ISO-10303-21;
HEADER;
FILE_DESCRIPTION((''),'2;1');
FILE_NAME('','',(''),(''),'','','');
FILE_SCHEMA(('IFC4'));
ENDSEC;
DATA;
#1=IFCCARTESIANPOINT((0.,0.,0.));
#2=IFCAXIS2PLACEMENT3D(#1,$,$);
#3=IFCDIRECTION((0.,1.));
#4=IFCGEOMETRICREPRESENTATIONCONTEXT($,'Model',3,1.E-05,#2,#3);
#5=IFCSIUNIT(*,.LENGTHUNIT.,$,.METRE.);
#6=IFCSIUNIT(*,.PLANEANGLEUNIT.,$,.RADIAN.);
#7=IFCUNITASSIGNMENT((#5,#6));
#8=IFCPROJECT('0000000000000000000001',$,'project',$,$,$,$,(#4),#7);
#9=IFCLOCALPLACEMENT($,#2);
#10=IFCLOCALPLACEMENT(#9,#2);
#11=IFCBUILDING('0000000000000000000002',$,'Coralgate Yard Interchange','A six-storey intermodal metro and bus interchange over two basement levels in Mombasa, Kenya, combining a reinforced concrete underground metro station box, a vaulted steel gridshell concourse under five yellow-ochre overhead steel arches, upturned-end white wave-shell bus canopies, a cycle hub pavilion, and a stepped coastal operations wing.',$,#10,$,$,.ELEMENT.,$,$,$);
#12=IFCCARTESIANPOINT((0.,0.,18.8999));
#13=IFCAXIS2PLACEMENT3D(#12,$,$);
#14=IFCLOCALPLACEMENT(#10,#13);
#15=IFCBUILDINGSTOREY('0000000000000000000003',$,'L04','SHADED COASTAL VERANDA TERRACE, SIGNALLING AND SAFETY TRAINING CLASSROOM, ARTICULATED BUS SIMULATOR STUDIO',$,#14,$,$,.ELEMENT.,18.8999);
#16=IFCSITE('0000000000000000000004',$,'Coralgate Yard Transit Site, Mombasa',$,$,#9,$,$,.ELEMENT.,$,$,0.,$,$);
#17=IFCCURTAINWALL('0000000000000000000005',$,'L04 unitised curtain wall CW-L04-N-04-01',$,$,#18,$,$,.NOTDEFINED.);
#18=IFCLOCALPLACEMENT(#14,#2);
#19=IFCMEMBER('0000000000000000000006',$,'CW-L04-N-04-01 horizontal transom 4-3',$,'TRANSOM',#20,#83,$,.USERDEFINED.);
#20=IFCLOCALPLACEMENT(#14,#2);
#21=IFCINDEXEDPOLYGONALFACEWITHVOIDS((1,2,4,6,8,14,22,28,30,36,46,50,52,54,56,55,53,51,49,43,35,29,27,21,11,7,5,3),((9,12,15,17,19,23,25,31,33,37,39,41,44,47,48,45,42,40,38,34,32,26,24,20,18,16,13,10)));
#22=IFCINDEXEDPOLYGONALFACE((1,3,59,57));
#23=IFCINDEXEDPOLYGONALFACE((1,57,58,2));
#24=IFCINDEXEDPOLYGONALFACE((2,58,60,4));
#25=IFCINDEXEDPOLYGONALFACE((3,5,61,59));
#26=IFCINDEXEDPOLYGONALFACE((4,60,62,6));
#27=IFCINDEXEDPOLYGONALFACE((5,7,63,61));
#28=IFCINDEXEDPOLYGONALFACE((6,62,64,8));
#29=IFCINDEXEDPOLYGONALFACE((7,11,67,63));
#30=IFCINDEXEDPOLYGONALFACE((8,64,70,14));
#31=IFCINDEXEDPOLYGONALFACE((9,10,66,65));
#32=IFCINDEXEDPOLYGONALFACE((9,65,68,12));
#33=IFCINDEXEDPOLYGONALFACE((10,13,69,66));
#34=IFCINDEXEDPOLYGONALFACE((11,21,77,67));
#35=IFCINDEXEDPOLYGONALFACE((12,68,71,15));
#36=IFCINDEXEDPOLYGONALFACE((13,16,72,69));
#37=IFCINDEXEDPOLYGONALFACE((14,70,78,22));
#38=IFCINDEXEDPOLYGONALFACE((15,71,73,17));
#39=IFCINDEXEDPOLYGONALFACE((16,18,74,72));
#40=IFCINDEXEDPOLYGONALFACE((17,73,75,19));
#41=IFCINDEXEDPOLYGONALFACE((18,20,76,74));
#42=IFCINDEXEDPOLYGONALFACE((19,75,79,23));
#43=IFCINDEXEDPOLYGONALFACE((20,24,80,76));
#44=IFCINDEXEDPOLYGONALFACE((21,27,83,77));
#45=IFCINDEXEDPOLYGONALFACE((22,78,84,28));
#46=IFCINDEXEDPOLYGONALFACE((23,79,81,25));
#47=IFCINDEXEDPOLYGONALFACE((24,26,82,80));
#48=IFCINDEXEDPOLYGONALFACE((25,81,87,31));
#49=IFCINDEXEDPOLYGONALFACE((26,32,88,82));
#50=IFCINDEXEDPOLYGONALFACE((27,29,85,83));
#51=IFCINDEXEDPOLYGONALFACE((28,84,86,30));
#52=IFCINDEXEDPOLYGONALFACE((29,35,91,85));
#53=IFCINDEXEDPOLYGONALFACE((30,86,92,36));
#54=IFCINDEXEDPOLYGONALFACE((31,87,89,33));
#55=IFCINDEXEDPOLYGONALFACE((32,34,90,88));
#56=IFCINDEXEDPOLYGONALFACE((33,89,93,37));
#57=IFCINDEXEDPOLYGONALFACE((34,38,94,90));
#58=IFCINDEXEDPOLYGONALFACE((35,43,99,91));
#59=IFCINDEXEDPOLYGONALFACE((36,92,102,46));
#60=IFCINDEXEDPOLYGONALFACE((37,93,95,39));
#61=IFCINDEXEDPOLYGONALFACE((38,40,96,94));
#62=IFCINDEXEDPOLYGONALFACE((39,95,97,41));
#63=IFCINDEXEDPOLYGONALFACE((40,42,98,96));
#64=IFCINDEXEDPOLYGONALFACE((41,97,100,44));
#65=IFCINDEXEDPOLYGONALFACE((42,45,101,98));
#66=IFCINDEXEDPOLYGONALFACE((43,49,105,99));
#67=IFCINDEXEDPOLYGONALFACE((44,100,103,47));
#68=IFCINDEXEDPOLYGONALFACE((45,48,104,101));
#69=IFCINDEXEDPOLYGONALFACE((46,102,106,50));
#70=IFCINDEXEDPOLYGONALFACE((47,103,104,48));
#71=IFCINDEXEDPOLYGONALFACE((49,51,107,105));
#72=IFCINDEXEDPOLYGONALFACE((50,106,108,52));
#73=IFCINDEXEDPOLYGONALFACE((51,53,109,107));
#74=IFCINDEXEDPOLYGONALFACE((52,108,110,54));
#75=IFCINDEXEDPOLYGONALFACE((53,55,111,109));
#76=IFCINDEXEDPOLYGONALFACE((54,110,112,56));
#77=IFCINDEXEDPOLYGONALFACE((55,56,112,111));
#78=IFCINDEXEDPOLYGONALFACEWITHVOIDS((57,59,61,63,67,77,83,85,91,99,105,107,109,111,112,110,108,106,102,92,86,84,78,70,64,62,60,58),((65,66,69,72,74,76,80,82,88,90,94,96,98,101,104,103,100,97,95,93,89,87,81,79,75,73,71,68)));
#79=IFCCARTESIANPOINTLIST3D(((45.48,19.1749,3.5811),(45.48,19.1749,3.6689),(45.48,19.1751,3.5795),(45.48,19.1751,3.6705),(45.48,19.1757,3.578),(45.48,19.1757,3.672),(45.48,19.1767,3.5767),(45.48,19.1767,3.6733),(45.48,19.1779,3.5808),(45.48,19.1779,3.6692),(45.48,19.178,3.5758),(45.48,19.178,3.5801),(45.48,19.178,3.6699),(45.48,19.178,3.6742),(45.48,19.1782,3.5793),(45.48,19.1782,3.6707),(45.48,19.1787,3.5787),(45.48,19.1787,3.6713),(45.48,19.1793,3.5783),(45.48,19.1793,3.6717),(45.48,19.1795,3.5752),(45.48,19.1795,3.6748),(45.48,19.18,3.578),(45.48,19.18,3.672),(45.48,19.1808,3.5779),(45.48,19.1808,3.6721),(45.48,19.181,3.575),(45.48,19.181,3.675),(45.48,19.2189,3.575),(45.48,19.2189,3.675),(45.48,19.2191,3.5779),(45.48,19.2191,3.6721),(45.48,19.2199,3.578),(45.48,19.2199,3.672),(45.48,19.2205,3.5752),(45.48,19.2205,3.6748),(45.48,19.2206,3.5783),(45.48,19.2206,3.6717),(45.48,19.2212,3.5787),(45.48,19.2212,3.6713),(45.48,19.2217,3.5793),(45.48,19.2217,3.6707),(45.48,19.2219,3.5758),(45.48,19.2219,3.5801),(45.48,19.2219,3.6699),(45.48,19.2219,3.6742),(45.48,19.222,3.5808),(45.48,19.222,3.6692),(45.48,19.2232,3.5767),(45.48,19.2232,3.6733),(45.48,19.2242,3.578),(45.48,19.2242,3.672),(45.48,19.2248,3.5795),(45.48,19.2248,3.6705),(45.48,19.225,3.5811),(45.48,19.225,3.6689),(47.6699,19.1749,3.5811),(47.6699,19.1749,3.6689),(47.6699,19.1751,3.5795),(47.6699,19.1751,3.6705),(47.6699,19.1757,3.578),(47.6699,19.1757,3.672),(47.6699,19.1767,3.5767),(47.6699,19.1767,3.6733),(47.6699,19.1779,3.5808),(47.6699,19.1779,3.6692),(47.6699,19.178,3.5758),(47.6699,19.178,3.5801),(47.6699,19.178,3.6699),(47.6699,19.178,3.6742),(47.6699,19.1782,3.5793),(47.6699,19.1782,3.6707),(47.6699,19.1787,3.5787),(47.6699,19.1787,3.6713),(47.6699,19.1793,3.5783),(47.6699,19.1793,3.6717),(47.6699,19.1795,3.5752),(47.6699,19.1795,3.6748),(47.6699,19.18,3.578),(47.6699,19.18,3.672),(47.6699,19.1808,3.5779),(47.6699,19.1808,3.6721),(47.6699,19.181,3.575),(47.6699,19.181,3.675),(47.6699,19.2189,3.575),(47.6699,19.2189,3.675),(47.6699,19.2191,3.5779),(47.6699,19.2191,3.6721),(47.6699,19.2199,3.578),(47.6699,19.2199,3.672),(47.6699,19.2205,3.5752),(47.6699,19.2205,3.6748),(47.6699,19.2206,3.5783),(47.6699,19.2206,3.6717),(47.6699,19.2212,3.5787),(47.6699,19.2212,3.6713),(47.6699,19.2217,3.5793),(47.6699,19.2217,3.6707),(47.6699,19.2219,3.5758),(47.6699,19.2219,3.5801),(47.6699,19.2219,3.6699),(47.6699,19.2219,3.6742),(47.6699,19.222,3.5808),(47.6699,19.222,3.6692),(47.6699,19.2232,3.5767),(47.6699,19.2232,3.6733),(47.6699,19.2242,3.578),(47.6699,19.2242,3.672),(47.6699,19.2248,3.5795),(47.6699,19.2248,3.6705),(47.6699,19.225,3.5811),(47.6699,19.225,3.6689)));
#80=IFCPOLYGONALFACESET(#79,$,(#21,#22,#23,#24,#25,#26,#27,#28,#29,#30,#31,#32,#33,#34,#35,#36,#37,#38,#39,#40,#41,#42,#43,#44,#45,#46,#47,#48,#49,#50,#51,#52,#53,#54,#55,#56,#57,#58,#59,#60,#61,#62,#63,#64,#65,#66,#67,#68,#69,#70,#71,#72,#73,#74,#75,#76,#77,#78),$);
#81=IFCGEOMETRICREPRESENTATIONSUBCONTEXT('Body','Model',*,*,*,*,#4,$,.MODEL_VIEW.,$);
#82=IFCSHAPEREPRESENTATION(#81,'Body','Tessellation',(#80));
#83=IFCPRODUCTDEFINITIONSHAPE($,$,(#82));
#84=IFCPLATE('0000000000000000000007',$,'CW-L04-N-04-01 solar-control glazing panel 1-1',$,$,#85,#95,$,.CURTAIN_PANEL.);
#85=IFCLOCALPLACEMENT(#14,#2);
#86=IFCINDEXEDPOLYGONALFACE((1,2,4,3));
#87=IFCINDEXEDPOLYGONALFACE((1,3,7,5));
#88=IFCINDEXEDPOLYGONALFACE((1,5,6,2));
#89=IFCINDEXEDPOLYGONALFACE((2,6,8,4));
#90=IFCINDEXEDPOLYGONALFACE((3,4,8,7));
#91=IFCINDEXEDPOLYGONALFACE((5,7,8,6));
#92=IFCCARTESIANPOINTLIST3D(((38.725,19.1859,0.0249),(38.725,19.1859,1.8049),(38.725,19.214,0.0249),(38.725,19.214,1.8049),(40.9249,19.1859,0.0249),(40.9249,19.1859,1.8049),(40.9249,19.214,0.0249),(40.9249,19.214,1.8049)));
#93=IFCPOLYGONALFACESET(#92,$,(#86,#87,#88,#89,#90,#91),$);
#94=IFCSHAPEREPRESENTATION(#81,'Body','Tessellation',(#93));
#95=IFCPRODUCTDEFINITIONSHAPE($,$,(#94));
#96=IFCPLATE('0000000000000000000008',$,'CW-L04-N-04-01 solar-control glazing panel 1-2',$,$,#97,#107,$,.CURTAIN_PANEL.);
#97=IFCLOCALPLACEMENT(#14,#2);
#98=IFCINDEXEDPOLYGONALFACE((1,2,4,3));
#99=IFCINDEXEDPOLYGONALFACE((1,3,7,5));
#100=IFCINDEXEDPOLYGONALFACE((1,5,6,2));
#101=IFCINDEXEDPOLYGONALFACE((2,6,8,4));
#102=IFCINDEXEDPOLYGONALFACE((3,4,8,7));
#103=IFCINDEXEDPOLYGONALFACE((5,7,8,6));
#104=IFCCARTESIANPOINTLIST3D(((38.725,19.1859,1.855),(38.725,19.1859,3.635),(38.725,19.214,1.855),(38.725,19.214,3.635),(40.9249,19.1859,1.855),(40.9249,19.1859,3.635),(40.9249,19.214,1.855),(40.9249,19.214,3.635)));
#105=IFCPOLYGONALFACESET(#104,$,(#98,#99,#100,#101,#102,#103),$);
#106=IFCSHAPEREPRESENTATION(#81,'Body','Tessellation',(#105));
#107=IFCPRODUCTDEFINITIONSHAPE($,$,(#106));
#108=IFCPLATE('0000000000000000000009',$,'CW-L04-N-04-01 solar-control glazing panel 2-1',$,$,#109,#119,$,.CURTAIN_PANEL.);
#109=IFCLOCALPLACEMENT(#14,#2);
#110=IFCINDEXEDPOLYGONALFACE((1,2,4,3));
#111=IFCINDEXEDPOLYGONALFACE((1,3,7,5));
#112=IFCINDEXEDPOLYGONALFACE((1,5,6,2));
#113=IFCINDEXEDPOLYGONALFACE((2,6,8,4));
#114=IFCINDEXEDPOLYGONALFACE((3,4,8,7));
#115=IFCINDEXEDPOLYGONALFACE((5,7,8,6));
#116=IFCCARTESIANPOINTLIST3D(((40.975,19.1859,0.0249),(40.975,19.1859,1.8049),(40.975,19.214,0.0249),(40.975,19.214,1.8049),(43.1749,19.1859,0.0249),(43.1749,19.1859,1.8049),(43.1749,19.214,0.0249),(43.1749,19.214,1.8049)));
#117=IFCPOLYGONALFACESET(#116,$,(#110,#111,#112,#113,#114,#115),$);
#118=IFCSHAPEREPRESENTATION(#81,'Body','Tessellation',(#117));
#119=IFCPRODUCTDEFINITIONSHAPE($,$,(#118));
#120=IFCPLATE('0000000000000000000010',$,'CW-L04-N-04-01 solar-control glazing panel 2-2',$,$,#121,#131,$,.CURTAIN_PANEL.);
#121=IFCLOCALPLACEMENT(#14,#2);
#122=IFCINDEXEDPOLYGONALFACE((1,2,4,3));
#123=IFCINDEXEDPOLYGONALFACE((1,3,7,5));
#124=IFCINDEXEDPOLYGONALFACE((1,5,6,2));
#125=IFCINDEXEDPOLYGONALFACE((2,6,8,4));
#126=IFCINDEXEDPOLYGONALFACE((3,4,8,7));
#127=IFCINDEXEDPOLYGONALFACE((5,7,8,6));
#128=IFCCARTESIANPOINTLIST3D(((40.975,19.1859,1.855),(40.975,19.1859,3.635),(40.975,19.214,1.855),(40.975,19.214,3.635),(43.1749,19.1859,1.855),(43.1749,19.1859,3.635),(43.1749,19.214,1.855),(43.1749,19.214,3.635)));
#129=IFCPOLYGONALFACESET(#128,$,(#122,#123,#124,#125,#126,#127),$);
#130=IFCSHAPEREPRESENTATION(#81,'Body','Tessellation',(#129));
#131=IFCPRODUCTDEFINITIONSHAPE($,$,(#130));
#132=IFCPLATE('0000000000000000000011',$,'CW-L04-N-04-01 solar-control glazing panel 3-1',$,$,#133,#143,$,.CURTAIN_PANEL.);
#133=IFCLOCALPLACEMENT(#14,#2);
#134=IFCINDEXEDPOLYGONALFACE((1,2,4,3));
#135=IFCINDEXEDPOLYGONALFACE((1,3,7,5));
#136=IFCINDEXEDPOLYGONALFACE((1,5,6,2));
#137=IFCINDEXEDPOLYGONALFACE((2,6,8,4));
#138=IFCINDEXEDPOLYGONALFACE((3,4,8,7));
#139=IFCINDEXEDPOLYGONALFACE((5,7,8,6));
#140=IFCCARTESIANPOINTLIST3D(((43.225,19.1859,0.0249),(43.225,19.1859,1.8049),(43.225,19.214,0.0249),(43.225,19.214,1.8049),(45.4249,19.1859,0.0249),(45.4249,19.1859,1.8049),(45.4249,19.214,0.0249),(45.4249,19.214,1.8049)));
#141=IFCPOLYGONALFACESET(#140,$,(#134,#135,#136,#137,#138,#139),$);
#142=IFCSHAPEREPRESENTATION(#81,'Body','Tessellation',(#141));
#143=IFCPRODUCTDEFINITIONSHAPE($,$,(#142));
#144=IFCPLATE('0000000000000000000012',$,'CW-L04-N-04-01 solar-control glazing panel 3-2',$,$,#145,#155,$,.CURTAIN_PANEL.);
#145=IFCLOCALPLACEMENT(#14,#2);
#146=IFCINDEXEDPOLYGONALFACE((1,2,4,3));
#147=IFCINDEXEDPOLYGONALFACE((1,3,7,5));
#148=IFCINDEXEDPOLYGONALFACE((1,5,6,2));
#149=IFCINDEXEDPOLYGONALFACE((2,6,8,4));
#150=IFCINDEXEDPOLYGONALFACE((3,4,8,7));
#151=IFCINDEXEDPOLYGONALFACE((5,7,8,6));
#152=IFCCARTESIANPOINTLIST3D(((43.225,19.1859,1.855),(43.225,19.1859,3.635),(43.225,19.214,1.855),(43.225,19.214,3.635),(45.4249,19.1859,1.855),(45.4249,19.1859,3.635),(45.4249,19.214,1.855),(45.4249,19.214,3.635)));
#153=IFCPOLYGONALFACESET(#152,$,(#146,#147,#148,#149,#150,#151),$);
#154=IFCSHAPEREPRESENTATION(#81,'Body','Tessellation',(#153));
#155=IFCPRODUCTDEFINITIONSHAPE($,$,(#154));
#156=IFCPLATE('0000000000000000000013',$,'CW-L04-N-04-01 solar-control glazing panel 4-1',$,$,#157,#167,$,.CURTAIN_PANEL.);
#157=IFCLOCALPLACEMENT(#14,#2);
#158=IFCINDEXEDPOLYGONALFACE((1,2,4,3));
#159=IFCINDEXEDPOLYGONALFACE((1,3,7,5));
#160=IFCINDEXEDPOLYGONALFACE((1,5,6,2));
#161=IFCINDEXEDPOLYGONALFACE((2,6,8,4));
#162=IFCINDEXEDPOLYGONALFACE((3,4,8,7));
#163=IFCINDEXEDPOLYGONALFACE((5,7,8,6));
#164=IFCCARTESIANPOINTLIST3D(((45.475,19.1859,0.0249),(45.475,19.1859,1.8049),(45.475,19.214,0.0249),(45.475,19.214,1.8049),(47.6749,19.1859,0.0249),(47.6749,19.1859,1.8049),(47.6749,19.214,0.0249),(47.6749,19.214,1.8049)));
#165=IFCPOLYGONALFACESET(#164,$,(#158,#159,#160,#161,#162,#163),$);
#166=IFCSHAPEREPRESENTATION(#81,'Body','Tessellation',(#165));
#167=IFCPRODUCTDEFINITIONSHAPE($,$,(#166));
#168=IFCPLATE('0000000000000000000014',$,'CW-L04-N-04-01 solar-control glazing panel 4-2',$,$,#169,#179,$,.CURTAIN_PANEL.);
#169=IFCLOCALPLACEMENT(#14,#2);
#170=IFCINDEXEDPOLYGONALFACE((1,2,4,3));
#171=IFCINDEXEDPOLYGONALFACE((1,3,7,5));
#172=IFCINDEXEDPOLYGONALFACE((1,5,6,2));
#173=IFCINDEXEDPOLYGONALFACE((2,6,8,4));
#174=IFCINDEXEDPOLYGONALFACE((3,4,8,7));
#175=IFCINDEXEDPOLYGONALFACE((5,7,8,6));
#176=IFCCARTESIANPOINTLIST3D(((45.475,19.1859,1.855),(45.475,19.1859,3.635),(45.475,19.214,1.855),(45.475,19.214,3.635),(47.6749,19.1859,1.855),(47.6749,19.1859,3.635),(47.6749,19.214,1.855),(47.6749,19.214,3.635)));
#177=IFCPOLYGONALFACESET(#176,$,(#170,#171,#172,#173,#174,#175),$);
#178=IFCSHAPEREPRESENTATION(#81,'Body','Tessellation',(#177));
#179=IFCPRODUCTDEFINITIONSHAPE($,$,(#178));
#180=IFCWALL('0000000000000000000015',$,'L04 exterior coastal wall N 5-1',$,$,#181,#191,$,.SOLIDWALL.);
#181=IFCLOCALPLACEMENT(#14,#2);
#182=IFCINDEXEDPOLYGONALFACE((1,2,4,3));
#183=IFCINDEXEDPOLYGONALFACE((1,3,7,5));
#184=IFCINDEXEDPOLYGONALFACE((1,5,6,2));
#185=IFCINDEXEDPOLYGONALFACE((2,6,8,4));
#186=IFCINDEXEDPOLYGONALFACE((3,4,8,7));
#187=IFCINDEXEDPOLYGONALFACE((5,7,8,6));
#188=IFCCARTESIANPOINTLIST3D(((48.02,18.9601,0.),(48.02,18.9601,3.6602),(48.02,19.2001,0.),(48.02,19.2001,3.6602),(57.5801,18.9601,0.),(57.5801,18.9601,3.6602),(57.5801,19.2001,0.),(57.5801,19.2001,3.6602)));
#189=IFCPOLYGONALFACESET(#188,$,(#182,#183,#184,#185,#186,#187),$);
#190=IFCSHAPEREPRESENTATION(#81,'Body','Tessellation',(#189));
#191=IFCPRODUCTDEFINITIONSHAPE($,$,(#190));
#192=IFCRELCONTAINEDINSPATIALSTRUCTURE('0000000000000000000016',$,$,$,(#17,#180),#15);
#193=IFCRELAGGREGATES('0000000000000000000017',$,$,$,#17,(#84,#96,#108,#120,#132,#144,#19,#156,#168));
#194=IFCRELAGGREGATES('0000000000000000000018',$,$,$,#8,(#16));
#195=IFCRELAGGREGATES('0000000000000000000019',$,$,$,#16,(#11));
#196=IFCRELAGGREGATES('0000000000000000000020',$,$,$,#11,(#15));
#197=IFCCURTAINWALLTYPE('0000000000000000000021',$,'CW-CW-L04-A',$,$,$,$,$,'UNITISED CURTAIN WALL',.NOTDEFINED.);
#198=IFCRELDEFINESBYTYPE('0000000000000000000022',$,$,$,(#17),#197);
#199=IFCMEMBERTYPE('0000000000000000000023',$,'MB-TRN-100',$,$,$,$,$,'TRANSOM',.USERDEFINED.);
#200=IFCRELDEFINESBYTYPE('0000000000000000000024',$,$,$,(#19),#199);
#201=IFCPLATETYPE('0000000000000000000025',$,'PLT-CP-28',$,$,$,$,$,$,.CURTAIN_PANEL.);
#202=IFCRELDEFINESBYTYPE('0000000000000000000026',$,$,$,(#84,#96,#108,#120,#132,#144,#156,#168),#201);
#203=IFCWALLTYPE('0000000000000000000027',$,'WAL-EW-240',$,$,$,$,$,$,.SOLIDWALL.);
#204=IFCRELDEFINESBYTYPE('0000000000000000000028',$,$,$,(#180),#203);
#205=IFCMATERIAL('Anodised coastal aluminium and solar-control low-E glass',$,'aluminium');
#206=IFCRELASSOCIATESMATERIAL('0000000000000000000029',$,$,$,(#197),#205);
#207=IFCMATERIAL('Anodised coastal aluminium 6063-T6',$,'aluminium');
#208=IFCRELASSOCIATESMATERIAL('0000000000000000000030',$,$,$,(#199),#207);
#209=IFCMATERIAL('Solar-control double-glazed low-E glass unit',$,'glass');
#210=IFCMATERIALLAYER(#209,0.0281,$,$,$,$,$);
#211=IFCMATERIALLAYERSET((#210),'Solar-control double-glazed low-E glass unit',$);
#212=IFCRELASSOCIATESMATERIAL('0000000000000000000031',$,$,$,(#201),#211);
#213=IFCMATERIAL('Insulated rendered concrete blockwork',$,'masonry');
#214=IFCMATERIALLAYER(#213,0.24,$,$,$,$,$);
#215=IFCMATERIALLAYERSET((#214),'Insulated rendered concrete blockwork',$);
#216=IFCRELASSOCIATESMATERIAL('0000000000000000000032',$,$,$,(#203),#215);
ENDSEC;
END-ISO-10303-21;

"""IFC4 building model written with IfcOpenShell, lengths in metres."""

from ifc_helpers import new_model, si_unit, direction, frame, frame_2d, origin, origin_2d, place, context, subcontext, project, spatial, rectangle, hollow_rectangle, extrude, material, layer, layer_set, material_profile, profile_set, type_object, element, aggregate, save


model = new_model("IFC4")

# Units and contexts
model_context = context("Model", 3, precision=1e-05, world=origin(), true_north=direction((0.0, 1.0)))
body_context = subcontext(model_context, "Body", "Model", "MODEL_VIEW")
ifc_project = project(units=[si_unit("LENGTHUNIT", "METRE"), si_unit("PLANEANGLEUNIT", "RADIAN")], contexts=[model_context])

# Site, building, storey
site_placement = place(None, origin())
site = spatial("IfcSite", under=ifc_project, at=site_placement, Name="Coralgate Yard Transit Site, Mombasa", CompositionType="ELEMENT", RefElevation=0.0)
building_placement = place(site_placement, origin())
building = spatial("IfcBuilding", under=site, at=building_placement, Name="Coralgate Yard Interchange", Description="A six-storey intermodal metro and bus interchange over two basement levels in Mombasa, Kenya, combining a reinforced concrete underground metro station box, a vaulted steel gridshell concourse under five yellow-ochre overhead steel arches, upturned-end white wave-shell bus canopies, a cycle hub pavilion, and a stepped coastal operations wing.", CompositionType="ELEMENT")
storey_placement = place(building_placement, frame((0.0, 0.0, 18.8999)))
storey = spatial("IfcBuildingStorey", under=building, at=storey_placement, Name="L04", Description="SHADED COASTAL VERANDA TERRACE, SIGNALLING AND SAFETY TRAINING CLASSROOM, ARTICULATED BUS SIMULATOR STUDIO", CompositionType="ELEMENT", Elevation=18.8999)

# Curtain wall, member, plates
ifc_material_1 = material(Name="Anodised coastal aluminium and solar-control low-E glass", Category="aluminium")
curtain_wall_type = type_object("IfcCurtainWallType", Name="CW-CW-L04-A", ElementType="UNITISED CURTAIN WALL", PredefinedType="NOTDEFINED", material=ifc_material_1)
curtain_wall_placement = place(storey_placement, origin())
curtain_wall = element("IfcCurtainWall", 1, at=curtain_wall_placement, inside=storey, type_object=curtain_wall_type, Name="L04 unitised curtain wall CW-L04-N-04-01", PredefinedType="NOTDEFINED")
ifc_material_2 = material(Name="Anodised coastal aluminium 6063-T6", Category="aluminium")
ifc_material_profile_1 = material_profile(ifc_material_2, hollow_rectangle(XDim=0.05, YDim=0.1001, WallThickness=0.0029, InnerFilletRadius=0.0029, OuterFilletRadius=0.0061, at=origin_2d()), Name="ALU 50x100x3")
ifc_profile_set_1 = profile_set([ifc_material_profile_1], Name="Anodised coastal aluminium 6063-T6")
member_type_1 = type_object("IfcMemberType", Name="MB-TRN-100", ElementType="TRANSOM", PredefinedType="USERDEFINED", material=ifc_profile_set_1)
member_1_placement = place(storey_placement, frame((45.48, 19.2, 3.625), z_axis=(1.0, 0.0, 0.0), x_axis=(0.0, 1.0, 0.0)))
member_1 = element("IfcMember", 2, at=member_1_placement, type_object=member_type_1, Name="CW-L04-N-04-01 horizontal transom 4-3", ObjectType="TRANSOM", PredefinedType="USERDEFINED", context=body_context, shape_type="SweptSolid", body=[
    extrude(hollow_rectangle(XDim=0.05, YDim=0.1001, WallThickness=0.0029, InnerFilletRadius=0.0029, OuterFilletRadius=0.0061, at=origin_2d()), origin(), (0.0, 0.0, 1.0), 2.1899),
])
ifc_material_3 = material(Name="Solar-control double-glazed low-E glass unit", Category="glass")
ifc_layer_1 = layer(ifc_material_3, 0.0281)
ifc_layer_set_1 = layer_set([ifc_layer_1], Name="Solar-control double-glazed low-E glass unit")
plate_type = type_object("IfcPlateType", Name="PLT-CP-28", PredefinedType="CURTAIN_PANEL", material=ifc_layer_set_1)
plate_1_placement = place(storey_placement, frame((39.825, 19.2, 0.0249), z_axis=(0.0, 0.0, 1.0), x_axis=(1.0, 0.0, 0.0)))
plate_1 = element("IfcPlate", 3, at=plate_1_placement, type_object=plate_type, Name="CW-L04-N-04-01 solar-control glazing panel 1-1", PredefinedType="CURTAIN_PANEL", context=body_context, shape_type="SweptSolid", body=[
    extrude(rectangle(XDim=2.2, YDim=0.0281, at=origin_2d()), origin(), (0.0, 0.0, 1.0), 1.78),
])
plate_2_placement = place(storey_placement, frame((39.825, 19.2, 1.855), z_axis=(0.0, 0.0, 1.0), x_axis=(1.0, 0.0, 0.0)))
plate_2 = element("IfcPlate", 4, at=plate_2_placement, type_object=plate_type, Name="CW-L04-N-04-01 solar-control glazing panel 1-2", PredefinedType="CURTAIN_PANEL", context=body_context, shape_type="SweptSolid", body=[
    extrude(rectangle(XDim=2.2, YDim=0.0281, at=origin_2d()), origin(), (0.0, 0.0, 1.0), 1.78),
])
plate_3_placement = place(storey_placement, frame((42.075, 19.2, 0.0249), z_axis=(0.0, 0.0, 1.0), x_axis=(1.0, 0.0, 0.0)))
plate_3 = element("IfcPlate", 5, at=plate_3_placement, type_object=plate_type, Name="CW-L04-N-04-01 solar-control glazing panel 2-1", PredefinedType="CURTAIN_PANEL", context=body_context, shape_type="SweptSolid", body=[
    extrude(rectangle(XDim=2.2, YDim=0.0281, at=origin_2d()), origin(), (0.0, 0.0, 1.0), 1.78),
])
plate_4_placement = place(storey_placement, frame((42.075, 19.2, 1.855), z_axis=(0.0, 0.0, 1.0), x_axis=(1.0, 0.0, 0.0)))
plate_4 = element("IfcPlate", 6, at=plate_4_placement, type_object=plate_type, Name="CW-L04-N-04-01 solar-control glazing panel 2-2", PredefinedType="CURTAIN_PANEL", context=body_context, shape_type="SweptSolid", body=[
    extrude(rectangle(XDim=2.2, YDim=0.0281, at=origin_2d()), origin(), (0.0, 0.0, 1.0), 1.78),
])
plate_5_placement = place(storey_placement, frame((44.325, 19.2, 0.0249), z_axis=(0.0, 0.0, 1.0), x_axis=(1.0, 0.0, 0.0)))
plate_5 = element("IfcPlate", 7, at=plate_5_placement, type_object=plate_type, Name="CW-L04-N-04-01 solar-control glazing panel 3-1", PredefinedType="CURTAIN_PANEL", context=body_context, shape_type="SweptSolid", body=[
    extrude(rectangle(XDim=2.2, YDim=0.0281, at=origin_2d()), origin(), (0.0, 0.0, 1.0), 1.78),
])
plate_6_placement = place(storey_placement, frame((44.325, 19.2, 1.855), z_axis=(0.0, 0.0, 1.0), x_axis=(1.0, 0.0, 0.0)))
plate_6 = element("IfcPlate", 8, at=plate_6_placement, type_object=plate_type, Name="CW-L04-N-04-01 solar-control glazing panel 3-2", PredefinedType="CURTAIN_PANEL", context=body_context, shape_type="SweptSolid", body=[
    extrude(rectangle(XDim=2.2, YDim=0.0281, at=origin_2d()), origin(), (0.0, 0.0, 1.0), 1.78),
])
plate_7_placement = place(storey_placement, frame((46.575, 19.2, 0.0249), z_axis=(0.0, 0.0, 1.0), x_axis=(1.0, 0.0, 0.0)))
plate_7 = element("IfcPlate", 9, at=plate_7_placement, type_object=plate_type, Name="CW-L04-N-04-01 solar-control glazing panel 4-1", PredefinedType="CURTAIN_PANEL", context=body_context, shape_type="SweptSolid", body=[
    extrude(rectangle(XDim=2.2, YDim=0.0281, at=origin_2d()), origin(), (0.0, 0.0, 1.0), 1.78),
])
plate_8_placement = place(storey_placement, frame((46.575, 19.2, 1.855), z_axis=(0.0, 0.0, 1.0), x_axis=(1.0, 0.0, 0.0)))
plate_8 = element("IfcPlate", 10, at=plate_8_placement, type_object=plate_type, Name="CW-L04-N-04-01 solar-control glazing panel 4-2", PredefinedType="CURTAIN_PANEL", context=body_context, shape_type="SweptSolid", body=[
    extrude(rectangle(XDim=2.2, YDim=0.0281, at=origin_2d()), origin(), (0.0, 0.0, 1.0), 1.78),
])
aggregate(curtain_wall, [plate_1, plate_2, plate_3, plate_4, plate_5, plate_6, member_1, plate_7, plate_8])

# Wall
ifc_material_4 = material(Name="Insulated rendered concrete blockwork", Category="masonry")
ifc_layer_2 = layer(ifc_material_4, 0.24)
ifc_layer_set_2 = layer_set([ifc_layer_2], Name="Insulated rendered concrete blockwork")
wall_type_1 = type_object("IfcWallType", Name="WAL-EW-240", PredefinedType="SOLIDWALL", material=ifc_layer_set_2)
wall_1_placement = place(storey_placement, frame((48.02, 19.0801, 0.0), z_axis=(0.0, 0.0, 1.0), x_axis=(1.0, 0.0, 0.0)))
element("IfcWall", 11, at=wall_1_placement, inside=storey, type_object=wall_type_1, Name="L04 exterior coastal wall N 5-1", PredefinedType="SOLIDWALL", context=body_context, shape_type="SweptSolid", body=[
    extrude(rectangle(XDim=9.5601, YDim=0.24, at=frame_2d((4.78, 0.0))), origin(), (0.0, 0.0, 1.0), 3.6602),
])

save(model, "model.ifc")
